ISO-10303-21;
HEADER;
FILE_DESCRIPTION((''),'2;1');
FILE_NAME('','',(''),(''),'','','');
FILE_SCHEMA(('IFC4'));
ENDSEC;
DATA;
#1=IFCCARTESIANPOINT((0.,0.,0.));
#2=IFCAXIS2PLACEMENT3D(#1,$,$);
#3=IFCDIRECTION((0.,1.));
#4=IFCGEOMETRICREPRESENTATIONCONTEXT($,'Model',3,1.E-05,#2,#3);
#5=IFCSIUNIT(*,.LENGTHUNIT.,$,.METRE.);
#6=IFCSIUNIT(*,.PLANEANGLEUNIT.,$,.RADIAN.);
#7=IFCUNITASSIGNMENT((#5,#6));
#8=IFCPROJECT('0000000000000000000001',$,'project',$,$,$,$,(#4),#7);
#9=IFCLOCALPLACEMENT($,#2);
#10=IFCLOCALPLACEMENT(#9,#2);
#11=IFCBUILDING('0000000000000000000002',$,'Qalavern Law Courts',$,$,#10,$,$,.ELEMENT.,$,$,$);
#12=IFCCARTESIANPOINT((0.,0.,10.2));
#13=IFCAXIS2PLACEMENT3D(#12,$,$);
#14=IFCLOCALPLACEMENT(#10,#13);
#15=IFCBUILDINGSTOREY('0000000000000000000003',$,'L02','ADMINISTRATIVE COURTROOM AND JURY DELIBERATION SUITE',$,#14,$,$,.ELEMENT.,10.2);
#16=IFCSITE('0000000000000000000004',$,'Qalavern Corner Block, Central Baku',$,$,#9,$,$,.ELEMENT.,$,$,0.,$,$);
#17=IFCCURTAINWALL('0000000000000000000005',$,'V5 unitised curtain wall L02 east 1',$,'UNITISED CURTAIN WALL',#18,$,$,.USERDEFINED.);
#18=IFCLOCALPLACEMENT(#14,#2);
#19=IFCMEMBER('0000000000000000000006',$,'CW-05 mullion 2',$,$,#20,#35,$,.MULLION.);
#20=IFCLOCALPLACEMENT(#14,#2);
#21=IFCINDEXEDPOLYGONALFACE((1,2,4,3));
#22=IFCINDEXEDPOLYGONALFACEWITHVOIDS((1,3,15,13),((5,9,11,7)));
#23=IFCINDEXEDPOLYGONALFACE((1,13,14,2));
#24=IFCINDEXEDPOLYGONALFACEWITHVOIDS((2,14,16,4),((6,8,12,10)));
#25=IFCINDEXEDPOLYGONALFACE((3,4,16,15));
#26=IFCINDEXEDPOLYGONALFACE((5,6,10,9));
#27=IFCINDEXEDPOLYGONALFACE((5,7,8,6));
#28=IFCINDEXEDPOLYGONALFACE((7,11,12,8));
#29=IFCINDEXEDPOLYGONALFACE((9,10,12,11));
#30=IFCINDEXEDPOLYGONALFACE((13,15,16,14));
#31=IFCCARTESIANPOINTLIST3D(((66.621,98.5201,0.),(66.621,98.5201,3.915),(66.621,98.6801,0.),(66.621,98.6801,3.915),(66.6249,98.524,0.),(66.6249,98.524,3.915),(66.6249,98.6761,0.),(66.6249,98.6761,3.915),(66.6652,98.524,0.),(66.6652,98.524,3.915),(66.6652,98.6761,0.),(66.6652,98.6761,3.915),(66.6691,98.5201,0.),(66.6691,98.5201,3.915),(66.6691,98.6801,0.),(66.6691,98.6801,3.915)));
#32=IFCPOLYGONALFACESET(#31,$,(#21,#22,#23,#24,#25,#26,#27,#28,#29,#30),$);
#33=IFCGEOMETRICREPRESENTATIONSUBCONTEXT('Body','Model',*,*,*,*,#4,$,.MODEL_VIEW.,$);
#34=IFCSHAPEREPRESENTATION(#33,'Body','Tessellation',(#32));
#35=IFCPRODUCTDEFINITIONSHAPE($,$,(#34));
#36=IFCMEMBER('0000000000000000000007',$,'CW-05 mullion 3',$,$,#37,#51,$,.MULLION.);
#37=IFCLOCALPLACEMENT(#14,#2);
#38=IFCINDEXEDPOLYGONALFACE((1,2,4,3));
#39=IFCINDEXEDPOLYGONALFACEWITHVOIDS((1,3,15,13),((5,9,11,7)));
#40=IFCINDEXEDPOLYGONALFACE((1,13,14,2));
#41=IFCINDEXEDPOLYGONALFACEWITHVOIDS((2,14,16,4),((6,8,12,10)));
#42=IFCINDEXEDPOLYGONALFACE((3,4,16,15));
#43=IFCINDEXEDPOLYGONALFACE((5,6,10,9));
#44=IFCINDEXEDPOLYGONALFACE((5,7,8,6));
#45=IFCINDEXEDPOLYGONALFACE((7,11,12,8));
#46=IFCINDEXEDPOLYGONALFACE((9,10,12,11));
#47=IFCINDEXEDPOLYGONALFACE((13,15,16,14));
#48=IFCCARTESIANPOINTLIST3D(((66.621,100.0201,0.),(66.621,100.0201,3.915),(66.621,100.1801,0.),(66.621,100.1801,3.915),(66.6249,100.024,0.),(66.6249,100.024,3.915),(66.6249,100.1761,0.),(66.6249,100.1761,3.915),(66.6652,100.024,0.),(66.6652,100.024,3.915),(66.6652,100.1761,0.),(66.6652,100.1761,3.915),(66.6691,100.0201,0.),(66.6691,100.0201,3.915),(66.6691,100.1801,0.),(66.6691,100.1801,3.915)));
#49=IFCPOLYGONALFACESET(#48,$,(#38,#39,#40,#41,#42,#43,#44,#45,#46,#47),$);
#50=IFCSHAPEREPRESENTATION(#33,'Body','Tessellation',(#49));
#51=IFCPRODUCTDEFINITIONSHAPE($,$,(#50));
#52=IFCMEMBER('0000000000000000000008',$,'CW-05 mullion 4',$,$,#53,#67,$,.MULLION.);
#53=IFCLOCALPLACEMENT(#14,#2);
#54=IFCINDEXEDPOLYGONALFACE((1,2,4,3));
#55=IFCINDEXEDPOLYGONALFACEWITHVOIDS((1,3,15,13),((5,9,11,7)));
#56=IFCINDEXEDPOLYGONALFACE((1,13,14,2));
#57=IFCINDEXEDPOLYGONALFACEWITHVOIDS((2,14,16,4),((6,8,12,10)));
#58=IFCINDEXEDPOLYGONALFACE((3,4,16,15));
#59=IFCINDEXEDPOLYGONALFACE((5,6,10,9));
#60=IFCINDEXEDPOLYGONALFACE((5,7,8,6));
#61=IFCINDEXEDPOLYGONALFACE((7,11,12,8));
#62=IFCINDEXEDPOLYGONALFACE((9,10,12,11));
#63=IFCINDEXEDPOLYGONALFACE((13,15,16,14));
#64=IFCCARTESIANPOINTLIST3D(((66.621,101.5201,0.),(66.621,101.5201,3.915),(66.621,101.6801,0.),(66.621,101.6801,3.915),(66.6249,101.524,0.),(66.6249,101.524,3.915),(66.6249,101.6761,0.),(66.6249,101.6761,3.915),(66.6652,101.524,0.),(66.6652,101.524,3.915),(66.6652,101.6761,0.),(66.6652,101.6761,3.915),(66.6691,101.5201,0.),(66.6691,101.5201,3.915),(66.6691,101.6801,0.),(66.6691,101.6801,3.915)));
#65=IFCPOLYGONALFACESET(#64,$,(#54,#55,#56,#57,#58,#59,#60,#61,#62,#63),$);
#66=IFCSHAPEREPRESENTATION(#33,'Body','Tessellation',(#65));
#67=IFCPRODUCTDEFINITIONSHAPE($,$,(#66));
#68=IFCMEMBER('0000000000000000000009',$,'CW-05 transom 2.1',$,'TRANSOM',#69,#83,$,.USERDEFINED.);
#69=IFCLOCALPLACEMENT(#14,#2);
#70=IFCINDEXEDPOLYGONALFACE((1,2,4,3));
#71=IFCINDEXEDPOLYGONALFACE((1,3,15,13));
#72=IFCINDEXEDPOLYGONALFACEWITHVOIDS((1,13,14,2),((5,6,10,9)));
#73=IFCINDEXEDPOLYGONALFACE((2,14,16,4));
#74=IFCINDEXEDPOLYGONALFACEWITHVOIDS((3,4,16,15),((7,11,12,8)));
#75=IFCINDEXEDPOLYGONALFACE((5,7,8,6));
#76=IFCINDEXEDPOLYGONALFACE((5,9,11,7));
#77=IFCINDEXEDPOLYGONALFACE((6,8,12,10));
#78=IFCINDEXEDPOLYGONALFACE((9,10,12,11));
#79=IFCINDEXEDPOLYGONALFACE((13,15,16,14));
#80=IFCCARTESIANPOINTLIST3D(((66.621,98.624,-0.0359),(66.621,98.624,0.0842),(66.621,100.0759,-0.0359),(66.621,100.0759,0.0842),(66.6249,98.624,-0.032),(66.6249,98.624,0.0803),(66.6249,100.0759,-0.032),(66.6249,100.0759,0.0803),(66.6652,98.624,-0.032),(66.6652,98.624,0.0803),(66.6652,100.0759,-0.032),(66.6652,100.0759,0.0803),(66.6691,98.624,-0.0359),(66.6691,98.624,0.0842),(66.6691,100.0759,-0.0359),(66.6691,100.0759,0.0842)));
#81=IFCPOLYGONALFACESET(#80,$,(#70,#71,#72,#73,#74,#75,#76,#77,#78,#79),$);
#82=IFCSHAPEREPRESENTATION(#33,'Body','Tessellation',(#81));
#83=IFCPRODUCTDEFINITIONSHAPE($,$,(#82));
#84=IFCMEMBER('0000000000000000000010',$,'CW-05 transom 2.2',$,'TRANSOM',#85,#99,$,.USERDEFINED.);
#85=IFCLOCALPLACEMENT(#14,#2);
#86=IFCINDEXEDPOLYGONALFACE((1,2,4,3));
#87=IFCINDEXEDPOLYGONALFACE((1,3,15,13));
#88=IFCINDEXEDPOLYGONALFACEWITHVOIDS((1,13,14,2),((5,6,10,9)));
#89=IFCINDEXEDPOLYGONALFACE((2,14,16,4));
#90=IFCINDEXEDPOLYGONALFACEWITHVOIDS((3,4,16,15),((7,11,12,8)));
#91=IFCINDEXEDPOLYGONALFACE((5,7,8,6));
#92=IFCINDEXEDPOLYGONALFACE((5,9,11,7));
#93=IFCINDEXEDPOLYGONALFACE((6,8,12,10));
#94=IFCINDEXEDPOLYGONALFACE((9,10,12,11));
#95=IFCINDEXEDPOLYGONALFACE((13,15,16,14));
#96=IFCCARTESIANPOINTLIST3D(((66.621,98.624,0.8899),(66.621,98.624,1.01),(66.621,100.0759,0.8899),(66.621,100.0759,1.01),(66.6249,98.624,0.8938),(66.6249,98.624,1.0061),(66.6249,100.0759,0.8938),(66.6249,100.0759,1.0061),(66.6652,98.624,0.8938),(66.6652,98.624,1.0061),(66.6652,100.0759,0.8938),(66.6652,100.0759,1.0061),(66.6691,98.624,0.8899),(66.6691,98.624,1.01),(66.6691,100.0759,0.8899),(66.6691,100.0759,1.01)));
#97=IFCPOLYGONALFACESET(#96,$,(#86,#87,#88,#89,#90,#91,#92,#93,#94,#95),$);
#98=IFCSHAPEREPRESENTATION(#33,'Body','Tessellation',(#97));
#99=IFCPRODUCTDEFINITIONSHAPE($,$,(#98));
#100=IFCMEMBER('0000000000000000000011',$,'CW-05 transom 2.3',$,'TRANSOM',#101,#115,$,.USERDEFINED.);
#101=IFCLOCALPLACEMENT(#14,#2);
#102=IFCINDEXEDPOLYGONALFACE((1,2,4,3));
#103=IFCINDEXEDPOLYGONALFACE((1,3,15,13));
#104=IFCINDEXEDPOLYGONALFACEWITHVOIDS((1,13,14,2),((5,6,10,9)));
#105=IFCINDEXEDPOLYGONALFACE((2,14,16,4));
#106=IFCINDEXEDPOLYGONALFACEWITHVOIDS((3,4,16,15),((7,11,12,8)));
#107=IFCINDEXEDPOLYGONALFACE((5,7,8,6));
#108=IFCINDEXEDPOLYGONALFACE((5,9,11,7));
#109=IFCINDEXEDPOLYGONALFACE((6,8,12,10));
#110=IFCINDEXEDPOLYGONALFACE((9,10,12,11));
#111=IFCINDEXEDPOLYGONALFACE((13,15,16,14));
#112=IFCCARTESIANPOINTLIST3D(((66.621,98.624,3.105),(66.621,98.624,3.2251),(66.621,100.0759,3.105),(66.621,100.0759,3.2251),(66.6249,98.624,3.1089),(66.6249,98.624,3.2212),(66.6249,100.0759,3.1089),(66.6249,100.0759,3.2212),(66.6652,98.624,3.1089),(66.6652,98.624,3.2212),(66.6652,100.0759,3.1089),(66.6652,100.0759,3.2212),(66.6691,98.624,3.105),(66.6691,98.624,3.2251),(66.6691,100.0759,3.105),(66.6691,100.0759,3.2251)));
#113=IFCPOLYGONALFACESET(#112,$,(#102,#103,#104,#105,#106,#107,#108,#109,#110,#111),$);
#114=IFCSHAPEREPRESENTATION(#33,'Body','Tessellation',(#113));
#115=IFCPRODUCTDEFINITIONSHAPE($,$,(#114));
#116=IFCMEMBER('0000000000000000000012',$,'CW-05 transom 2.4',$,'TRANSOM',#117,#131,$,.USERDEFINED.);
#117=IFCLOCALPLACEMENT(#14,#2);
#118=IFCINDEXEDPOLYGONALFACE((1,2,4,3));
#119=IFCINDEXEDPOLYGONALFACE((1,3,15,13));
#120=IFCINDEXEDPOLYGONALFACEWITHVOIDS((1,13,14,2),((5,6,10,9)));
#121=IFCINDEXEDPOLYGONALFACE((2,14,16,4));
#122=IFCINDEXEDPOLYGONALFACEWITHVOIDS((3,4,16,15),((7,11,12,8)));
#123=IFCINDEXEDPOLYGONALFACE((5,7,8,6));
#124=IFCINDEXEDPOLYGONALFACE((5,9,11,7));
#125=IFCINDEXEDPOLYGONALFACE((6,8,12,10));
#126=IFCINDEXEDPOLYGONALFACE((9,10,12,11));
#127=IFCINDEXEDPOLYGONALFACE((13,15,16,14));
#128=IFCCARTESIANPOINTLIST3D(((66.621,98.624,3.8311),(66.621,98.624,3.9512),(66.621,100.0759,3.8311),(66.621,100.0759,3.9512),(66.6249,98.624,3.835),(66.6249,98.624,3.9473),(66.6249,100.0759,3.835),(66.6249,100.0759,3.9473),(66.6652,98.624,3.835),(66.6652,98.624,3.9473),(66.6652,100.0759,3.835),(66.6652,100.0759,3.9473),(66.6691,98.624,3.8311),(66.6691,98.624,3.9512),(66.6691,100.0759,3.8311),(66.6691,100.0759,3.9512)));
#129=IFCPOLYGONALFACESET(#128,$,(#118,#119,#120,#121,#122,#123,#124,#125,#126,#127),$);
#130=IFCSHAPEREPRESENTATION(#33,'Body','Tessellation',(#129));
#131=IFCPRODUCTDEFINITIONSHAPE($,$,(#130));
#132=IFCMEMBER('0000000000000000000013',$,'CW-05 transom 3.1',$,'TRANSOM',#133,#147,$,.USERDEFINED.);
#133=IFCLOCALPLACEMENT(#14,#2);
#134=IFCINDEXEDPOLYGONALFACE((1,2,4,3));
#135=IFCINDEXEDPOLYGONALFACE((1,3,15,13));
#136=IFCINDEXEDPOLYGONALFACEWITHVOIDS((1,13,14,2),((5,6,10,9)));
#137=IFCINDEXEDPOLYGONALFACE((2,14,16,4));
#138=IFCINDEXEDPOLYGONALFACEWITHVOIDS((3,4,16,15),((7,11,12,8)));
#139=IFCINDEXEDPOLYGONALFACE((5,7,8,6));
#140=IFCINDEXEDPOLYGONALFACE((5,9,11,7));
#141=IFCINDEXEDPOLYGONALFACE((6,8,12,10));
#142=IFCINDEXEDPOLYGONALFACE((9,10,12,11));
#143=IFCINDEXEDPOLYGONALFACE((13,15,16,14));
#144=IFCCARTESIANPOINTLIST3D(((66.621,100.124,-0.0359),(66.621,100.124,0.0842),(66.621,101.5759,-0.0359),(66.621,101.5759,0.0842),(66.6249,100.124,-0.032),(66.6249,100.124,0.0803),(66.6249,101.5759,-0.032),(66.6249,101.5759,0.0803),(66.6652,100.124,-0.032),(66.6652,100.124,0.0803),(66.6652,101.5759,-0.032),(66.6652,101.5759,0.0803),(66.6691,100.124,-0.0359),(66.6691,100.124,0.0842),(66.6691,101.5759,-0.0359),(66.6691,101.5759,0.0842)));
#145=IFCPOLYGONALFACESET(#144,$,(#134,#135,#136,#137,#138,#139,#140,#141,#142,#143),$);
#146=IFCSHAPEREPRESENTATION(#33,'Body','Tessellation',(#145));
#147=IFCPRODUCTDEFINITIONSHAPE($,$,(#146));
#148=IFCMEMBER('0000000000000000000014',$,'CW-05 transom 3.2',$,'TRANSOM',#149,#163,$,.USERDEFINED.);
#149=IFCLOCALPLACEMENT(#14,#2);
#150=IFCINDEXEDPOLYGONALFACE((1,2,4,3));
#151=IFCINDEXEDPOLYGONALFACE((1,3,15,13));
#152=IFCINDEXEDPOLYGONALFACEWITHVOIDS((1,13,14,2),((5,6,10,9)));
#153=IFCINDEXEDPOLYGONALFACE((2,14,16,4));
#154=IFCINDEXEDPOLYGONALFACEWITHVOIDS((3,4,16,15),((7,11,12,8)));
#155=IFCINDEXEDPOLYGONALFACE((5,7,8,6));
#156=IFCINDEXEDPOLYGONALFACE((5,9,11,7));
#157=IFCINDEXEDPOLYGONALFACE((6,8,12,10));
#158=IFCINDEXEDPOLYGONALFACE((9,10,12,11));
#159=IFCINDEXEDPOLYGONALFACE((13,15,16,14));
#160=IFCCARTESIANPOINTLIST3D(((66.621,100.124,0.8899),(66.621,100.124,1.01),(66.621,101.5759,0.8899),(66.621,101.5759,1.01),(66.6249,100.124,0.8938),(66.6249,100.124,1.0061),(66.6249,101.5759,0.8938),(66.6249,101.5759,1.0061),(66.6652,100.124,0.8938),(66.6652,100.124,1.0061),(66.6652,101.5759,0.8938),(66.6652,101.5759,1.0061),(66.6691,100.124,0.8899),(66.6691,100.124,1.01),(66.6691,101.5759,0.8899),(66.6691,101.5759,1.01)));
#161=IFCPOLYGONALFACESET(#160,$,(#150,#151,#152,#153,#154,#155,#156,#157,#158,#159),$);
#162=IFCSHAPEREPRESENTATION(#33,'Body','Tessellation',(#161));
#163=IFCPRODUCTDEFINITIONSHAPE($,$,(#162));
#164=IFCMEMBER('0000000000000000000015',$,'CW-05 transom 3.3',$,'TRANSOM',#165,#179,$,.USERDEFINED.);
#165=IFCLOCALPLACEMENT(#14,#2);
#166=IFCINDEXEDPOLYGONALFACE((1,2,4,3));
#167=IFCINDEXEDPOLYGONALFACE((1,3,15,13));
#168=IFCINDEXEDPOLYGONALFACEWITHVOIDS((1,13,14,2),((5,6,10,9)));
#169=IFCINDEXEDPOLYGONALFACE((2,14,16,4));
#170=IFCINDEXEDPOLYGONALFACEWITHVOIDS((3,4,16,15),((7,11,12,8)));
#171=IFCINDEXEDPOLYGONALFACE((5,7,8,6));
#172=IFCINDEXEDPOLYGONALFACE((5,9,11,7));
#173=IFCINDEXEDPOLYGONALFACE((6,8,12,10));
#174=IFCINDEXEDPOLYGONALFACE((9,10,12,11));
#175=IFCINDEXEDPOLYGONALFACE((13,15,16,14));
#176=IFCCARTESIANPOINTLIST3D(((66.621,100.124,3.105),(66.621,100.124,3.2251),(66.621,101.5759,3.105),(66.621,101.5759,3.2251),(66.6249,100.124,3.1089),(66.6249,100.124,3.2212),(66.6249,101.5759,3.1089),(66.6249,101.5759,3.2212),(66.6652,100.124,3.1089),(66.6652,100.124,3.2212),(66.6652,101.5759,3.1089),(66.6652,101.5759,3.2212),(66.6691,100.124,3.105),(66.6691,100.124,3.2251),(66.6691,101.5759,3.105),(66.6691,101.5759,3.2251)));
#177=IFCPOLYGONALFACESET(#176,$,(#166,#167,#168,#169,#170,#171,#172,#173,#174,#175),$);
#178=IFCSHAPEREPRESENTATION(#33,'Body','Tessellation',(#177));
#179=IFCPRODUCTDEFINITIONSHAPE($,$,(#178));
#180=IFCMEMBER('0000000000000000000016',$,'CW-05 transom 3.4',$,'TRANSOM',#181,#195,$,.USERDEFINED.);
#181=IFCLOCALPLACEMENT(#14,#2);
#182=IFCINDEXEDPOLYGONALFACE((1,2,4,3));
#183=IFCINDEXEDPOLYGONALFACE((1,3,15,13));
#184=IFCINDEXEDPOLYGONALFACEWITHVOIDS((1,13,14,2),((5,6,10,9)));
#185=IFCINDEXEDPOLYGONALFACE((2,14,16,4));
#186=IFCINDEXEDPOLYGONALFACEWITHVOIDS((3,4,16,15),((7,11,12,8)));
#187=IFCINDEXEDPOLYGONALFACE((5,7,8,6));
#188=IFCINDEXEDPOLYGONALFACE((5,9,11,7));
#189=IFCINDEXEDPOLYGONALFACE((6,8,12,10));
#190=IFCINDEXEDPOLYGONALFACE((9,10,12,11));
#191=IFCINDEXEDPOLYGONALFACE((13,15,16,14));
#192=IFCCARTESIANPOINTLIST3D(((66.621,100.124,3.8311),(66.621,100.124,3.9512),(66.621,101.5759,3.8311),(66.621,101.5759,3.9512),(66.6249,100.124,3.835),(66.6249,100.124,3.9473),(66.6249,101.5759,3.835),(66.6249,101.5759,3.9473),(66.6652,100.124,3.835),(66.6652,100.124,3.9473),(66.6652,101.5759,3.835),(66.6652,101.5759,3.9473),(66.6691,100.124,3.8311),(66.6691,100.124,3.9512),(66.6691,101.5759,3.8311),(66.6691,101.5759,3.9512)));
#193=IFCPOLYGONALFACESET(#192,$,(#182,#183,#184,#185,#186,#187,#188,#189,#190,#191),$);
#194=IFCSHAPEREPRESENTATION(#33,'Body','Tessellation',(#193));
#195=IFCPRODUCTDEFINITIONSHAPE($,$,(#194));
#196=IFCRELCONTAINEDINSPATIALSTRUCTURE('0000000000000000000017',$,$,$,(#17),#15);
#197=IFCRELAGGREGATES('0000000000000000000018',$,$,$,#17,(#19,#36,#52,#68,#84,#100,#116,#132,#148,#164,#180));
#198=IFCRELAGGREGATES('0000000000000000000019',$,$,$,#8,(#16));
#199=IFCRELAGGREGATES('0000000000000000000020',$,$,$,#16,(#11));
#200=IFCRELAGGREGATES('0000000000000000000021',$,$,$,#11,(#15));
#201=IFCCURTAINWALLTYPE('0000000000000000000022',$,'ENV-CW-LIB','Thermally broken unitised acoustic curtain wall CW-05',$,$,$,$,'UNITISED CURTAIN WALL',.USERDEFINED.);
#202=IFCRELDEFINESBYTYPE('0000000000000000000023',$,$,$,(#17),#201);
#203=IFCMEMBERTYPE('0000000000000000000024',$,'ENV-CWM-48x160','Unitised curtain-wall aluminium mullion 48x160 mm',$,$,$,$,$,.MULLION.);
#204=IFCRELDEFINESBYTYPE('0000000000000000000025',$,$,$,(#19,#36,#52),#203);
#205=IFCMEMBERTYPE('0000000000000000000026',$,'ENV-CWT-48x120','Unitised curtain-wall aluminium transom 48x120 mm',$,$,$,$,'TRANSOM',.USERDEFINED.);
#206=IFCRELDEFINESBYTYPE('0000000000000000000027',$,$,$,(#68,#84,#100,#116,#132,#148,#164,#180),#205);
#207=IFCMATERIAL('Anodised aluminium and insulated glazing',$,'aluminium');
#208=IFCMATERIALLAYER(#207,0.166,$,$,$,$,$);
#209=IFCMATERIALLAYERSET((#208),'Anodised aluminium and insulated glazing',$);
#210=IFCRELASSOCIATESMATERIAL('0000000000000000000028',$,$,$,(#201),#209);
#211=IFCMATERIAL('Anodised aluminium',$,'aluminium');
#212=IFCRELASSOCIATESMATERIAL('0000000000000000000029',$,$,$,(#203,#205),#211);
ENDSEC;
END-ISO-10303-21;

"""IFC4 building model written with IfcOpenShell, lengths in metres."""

from ifc_helpers import new_model, si_unit, direction, frame, origin, origin_2d, place, context, subcontext, project, spatial, hollow_rectangle, extrude, material, layer, layer_set, material_profile, profile_set, type_object, element, aggregate, save


model = new_model("IFC4")

# Units and contexts
model_context = context("Model", 3, precision=1e-05, world=origin(), true_north=direction((0.0, 1.0)))
body_context = subcontext(model_context, "Body", "Model", "MODEL_VIEW")
ifc_project = project(units=[si_unit("LENGTHUNIT", "METRE"), si_unit("PLANEANGLEUNIT", "RADIAN")], contexts=[model_context])

# Site, building, storey
site_placement = place(None, origin())
site = spatial("IfcSite", under=ifc_project, at=site_placement, Name="Qalavern Corner Block, Central Baku", CompositionType="ELEMENT", RefElevation=0.0)
building_placement = place(site_placement, origin())
building = spatial("IfcBuilding", under=site, at=building_placement, Name="Qalavern Law Courts", CompositionType="ELEMENT")
storey_placement = place(building_placement, frame((0.0, 0.0, 10.2)))
storey = spatial("IfcBuildingStorey", under=building, at=storey_placement, Name="L02", Description="ADMINISTRATIVE COURTROOM AND JURY DELIBERATION SUITE", CompositionType="ELEMENT", Elevation=10.2)

# Curtain wall, members
ifc_material_1 = material(Name="Anodised aluminium and insulated glazing", Category="aluminium")
ifc_layer_1 = layer(ifc_material_1, 0.166)
ifc_layer_set_1 = layer_set([ifc_layer_1], Name="Anodised aluminium and insulated glazing")
curtain_wall_type = type_object("IfcCurtainWallType", Name="ENV-CW-LIB", Description="Thermally broken unitised acoustic curtain wall CW-05", ElementType="UNITISED CURTAIN WALL", PredefinedType="USERDEFINED", material=ifc_layer_set_1)
curtain_wall_placement = place(storey_placement, origin())
curtain_wall = element("IfcCurtainWall", 1, at=curtain_wall_placement, inside=storey, type_object=curtain_wall_type, Name="V5 unitised curtain wall L02 east 1", ObjectType="UNITISED CURTAIN WALL", PredefinedType="USERDEFINED")
ifc_material_2 = material(Name="Anodised aluminium", Category="aluminium")
ifc_material_profile_1 = material_profile(ifc_material_2, hollow_rectangle(XDim=0.0481, YDim=0.1599, WallThickness=0.0039, at=origin_2d()), Name="ALU MULLION 48x160")
ifc_profile_set_1 = profile_set([ifc_material_profile_1], Name="Anodised aluminium")
member_type_1 = type_object("IfcMemberType", Name="ENV-CWM-48x160", Description="Unitised curtain-wall aluminium mullion 48x160 mm", PredefinedType="MULLION", material=ifc_profile_set_1)
member_1_placement = place(storey_placement, frame((66.645, 98.6001, 0.0), z_axis=(0.0, 0.0, 1.0), x_axis=(-1.0, 0.0, 0.0)))
member_1 = element("IfcMember", 2, at=member_1_placement, type_object=member_type_1, Name="CW-05 mullion 2", PredefinedType="MULLION", context=body_context, shape_type="SweptSolid", body=[
    extrude(hollow_rectangle(XDim=0.0481, YDim=0.1599, WallThickness=0.0039, at=origin_2d()), origin(), (0.0, 0.0, 1.0), 3.915),
])
member_2_placement = place(storey_placement, frame((66.645, 100.1001, 0.0), z_axis=(0.0, 0.0, 1.0), x_axis=(-1.0, 0.0, 0.0)))
member_2 = element("IfcMember", 3, at=member_2_placement, type_object=member_type_1, Name="CW-05 mullion 3", PredefinedType="MULLION", context=body_context, shape_type="SweptSolid", body=[
    extrude(hollow_rectangle(XDim=0.0481, YDim=0.1599, WallThickness=0.0039, at=origin_2d()), origin(), (0.0, 0.0, 1.0), 3.915),
])
member_3_placement = place(storey_placement, frame((66.645, 101.6001, 0.0), z_axis=(0.0, 0.0, 1.0), x_axis=(-1.0, 0.0, 0.0)))
member_3 = element("IfcMember", 4, at=member_3_placement, type_object=member_type_1, Name="CW-05 mullion 4", PredefinedType="MULLION", context=body_context, shape_type="SweptSolid", body=[
    extrude(hollow_rectangle(XDim=0.0481, YDim=0.1599, WallThickness=0.0039, at=origin_2d()), origin(), (0.0, 0.0, 1.0), 3.915),
])
ifc_material_profile_2 = material_profile(ifc_material_2, hollow_rectangle(XDim=0.0481, YDim=0.1201, WallThickness=0.0039, at=origin_2d()), Name="ALU TRANSOM 48x120")
ifc_profile_set_2 = profile_set([ifc_material_profile_2], Name="Anodised aluminium")
member_type_2 = type_object("IfcMemberType", Name="ENV-CWT-48x120", Description="Unitised curtain-wall aluminium transom 48x120 mm", ElementType="TRANSOM", PredefinedType="USERDEFINED", material=ifc_profile_set_2)
member_4_placement = place(storey_placement, frame((66.645, 98.624, 0.0242), z_axis=(0.0, 1.0, 0.0), x_axis=(-1.0, 0.0, 0.0)))
member_4 = element("IfcMember", 5, at=member_4_placement, type_object=member_type_2, Name="CW-05 transom 2.1", ObjectType="TRANSOM", PredefinedType="USERDEFINED", context=body_context, shape_type="SweptSolid", body=[
    extrude(hollow_rectangle(XDim=0.0481, YDim=0.1201, WallThickness=0.0039, at=origin_2d()), origin(), (0.0, 0.0, 1.0), 1.4519),
])
member_5_placement = place(storey_placement, frame((66.645, 98.624, 0.95), z_axis=(0.0, 1.0, 0.0), x_axis=(-1.0, 0.0, 0.0)))
member_5 = element("IfcMember", 6, at=member_5_placement, type_object=member_type_2, Name="CW-05 transom 2.2", ObjectType="TRANSOM", PredefinedType="USERDEFINED", context=body_context, shape_type="SweptSolid", body=[
    extrude(hollow_rectangle(XDim=0.0481, YDim=0.1201, WallThickness=0.0039, at=origin_2d()), origin(), (0.0, 0.0, 1.0), 1.4519),
])
member_6_placement = place(storey_placement, frame((66.645, 98.624, 3.165), z_axis=(0.0, 1.0, 0.0), x_axis=(-1.0, 0.0, 0.0)))
member_6 = element("IfcMember", 7, at=member_6_placement, type_object=member_type_2, Name="CW-05 transom 2.3", ObjectType="TRANSOM", PredefinedType="USERDEFINED", context=body_context, shape_type="SweptSolid", body=[
    extrude(hollow_rectangle(XDim=0.0481, YDim=0.1201, WallThickness=0.0039, at=origin_2d()), origin(), (0.0, 0.0, 1.0), 1.4519),
])
member_7_placement = place(storey_placement, frame((66.645, 98.624, 3.8911), z_axis=(0.0, 1.0, 0.0), x_axis=(-1.0, 0.0, 0.0)))
member_7 = element("IfcMember", 8, at=member_7_placement, type_object=member_type_2, Name="CW-05 transom 2.4", ObjectType="TRANSOM", PredefinedType="USERDEFINED", context=body_context, shape_type="SweptSolid", body=[
    extrude(hollow_rectangle(XDim=0.0481, YDim=0.1201, WallThickness=0.0039, at=origin_2d()), origin(), (0.0, 0.0, 1.0), 1.4519),
])
member_8_placement = place(storey_placement, frame((66.645, 100.124, 0.0242), z_axis=(0.0, 1.0, 0.0), x_axis=(-1.0, 0.0, 0.0)))
member_8 = element("IfcMember", 9, at=member_8_placement, type_object=member_type_2, Name="CW-05 transom 3.1", ObjectType="TRANSOM", PredefinedType="USERDEFINED", context=body_context, shape_type="SweptSolid", body=[
    extrude(hollow_rectangle(XDim=0.0481, YDim=0.1201, WallThickness=0.0039, at=origin_2d()), origin(), (0.0, 0.0, 1.0), 1.4519),
])
member_9_placement = place(storey_placement, frame((66.645, 100.124, 0.95), z_axis=(0.0, 1.0, 0.0), x_axis=(-1.0, 0.0, 0.0)))
member_9 = element("IfcMember", 10, at=member_9_placement, type_object=member_type_2, Name="CW-05 transom 3.2", ObjectType="TRANSOM", PredefinedType="USERDEFINED", context=body_context, shape_type="SweptSolid", body=[
    extrude(hollow_rectangle(XDim=0.0481, YDim=0.1201, WallThickness=0.0039, at=origin_2d()), origin(), (0.0, 0.0, 1.0), 1.4519),
])
member_10_placement = place(storey_placement, frame((66.645, 100.124, 3.165), z_axis=(0.0, 1.0, 0.0), x_axis=(-1.0, 0.0, 0.0)))
member_10 = element("IfcMember", 11, at=member_10_placement, type_object=member_type_2, Name="CW-05 transom 3.3", ObjectType="TRANSOM", PredefinedType="USERDEFINED", context=body_context, shape_type="SweptSolid", body=[
    extrude(hollow_rectangle(XDim=0.0481, YDim=0.1201, WallThickness=0.0039, at=origin_2d()), origin(), (0.0, 0.0, 1.0), 1.4519),
])
member_11_placement = place(storey_placement, frame((66.645, 100.124, 3.8911), z_axis=(0.0, 1.0, 0.0), x_axis=(-1.0, 0.0, 0.0)))
member_11 = element("IfcMember", 12, at=member_11_placement, type_object=member_type_2, Name="CW-05 transom 3.4", ObjectType="TRANSOM", PredefinedType="USERDEFINED", context=body_context, shape_type="SweptSolid", body=[
    extrude(hollow_rectangle(XDim=0.0481, YDim=0.1201, WallThickness=0.0039, at=origin_2d()), origin(), (0.0, 0.0, 1.0), 1.4519),
])
aggregate(curtain_wall, [member_1, member_2, member_3, member_4, member_5, member_6, member_7, member_8, member_9, member_10, member_11])

save(model, "model.ifc")
